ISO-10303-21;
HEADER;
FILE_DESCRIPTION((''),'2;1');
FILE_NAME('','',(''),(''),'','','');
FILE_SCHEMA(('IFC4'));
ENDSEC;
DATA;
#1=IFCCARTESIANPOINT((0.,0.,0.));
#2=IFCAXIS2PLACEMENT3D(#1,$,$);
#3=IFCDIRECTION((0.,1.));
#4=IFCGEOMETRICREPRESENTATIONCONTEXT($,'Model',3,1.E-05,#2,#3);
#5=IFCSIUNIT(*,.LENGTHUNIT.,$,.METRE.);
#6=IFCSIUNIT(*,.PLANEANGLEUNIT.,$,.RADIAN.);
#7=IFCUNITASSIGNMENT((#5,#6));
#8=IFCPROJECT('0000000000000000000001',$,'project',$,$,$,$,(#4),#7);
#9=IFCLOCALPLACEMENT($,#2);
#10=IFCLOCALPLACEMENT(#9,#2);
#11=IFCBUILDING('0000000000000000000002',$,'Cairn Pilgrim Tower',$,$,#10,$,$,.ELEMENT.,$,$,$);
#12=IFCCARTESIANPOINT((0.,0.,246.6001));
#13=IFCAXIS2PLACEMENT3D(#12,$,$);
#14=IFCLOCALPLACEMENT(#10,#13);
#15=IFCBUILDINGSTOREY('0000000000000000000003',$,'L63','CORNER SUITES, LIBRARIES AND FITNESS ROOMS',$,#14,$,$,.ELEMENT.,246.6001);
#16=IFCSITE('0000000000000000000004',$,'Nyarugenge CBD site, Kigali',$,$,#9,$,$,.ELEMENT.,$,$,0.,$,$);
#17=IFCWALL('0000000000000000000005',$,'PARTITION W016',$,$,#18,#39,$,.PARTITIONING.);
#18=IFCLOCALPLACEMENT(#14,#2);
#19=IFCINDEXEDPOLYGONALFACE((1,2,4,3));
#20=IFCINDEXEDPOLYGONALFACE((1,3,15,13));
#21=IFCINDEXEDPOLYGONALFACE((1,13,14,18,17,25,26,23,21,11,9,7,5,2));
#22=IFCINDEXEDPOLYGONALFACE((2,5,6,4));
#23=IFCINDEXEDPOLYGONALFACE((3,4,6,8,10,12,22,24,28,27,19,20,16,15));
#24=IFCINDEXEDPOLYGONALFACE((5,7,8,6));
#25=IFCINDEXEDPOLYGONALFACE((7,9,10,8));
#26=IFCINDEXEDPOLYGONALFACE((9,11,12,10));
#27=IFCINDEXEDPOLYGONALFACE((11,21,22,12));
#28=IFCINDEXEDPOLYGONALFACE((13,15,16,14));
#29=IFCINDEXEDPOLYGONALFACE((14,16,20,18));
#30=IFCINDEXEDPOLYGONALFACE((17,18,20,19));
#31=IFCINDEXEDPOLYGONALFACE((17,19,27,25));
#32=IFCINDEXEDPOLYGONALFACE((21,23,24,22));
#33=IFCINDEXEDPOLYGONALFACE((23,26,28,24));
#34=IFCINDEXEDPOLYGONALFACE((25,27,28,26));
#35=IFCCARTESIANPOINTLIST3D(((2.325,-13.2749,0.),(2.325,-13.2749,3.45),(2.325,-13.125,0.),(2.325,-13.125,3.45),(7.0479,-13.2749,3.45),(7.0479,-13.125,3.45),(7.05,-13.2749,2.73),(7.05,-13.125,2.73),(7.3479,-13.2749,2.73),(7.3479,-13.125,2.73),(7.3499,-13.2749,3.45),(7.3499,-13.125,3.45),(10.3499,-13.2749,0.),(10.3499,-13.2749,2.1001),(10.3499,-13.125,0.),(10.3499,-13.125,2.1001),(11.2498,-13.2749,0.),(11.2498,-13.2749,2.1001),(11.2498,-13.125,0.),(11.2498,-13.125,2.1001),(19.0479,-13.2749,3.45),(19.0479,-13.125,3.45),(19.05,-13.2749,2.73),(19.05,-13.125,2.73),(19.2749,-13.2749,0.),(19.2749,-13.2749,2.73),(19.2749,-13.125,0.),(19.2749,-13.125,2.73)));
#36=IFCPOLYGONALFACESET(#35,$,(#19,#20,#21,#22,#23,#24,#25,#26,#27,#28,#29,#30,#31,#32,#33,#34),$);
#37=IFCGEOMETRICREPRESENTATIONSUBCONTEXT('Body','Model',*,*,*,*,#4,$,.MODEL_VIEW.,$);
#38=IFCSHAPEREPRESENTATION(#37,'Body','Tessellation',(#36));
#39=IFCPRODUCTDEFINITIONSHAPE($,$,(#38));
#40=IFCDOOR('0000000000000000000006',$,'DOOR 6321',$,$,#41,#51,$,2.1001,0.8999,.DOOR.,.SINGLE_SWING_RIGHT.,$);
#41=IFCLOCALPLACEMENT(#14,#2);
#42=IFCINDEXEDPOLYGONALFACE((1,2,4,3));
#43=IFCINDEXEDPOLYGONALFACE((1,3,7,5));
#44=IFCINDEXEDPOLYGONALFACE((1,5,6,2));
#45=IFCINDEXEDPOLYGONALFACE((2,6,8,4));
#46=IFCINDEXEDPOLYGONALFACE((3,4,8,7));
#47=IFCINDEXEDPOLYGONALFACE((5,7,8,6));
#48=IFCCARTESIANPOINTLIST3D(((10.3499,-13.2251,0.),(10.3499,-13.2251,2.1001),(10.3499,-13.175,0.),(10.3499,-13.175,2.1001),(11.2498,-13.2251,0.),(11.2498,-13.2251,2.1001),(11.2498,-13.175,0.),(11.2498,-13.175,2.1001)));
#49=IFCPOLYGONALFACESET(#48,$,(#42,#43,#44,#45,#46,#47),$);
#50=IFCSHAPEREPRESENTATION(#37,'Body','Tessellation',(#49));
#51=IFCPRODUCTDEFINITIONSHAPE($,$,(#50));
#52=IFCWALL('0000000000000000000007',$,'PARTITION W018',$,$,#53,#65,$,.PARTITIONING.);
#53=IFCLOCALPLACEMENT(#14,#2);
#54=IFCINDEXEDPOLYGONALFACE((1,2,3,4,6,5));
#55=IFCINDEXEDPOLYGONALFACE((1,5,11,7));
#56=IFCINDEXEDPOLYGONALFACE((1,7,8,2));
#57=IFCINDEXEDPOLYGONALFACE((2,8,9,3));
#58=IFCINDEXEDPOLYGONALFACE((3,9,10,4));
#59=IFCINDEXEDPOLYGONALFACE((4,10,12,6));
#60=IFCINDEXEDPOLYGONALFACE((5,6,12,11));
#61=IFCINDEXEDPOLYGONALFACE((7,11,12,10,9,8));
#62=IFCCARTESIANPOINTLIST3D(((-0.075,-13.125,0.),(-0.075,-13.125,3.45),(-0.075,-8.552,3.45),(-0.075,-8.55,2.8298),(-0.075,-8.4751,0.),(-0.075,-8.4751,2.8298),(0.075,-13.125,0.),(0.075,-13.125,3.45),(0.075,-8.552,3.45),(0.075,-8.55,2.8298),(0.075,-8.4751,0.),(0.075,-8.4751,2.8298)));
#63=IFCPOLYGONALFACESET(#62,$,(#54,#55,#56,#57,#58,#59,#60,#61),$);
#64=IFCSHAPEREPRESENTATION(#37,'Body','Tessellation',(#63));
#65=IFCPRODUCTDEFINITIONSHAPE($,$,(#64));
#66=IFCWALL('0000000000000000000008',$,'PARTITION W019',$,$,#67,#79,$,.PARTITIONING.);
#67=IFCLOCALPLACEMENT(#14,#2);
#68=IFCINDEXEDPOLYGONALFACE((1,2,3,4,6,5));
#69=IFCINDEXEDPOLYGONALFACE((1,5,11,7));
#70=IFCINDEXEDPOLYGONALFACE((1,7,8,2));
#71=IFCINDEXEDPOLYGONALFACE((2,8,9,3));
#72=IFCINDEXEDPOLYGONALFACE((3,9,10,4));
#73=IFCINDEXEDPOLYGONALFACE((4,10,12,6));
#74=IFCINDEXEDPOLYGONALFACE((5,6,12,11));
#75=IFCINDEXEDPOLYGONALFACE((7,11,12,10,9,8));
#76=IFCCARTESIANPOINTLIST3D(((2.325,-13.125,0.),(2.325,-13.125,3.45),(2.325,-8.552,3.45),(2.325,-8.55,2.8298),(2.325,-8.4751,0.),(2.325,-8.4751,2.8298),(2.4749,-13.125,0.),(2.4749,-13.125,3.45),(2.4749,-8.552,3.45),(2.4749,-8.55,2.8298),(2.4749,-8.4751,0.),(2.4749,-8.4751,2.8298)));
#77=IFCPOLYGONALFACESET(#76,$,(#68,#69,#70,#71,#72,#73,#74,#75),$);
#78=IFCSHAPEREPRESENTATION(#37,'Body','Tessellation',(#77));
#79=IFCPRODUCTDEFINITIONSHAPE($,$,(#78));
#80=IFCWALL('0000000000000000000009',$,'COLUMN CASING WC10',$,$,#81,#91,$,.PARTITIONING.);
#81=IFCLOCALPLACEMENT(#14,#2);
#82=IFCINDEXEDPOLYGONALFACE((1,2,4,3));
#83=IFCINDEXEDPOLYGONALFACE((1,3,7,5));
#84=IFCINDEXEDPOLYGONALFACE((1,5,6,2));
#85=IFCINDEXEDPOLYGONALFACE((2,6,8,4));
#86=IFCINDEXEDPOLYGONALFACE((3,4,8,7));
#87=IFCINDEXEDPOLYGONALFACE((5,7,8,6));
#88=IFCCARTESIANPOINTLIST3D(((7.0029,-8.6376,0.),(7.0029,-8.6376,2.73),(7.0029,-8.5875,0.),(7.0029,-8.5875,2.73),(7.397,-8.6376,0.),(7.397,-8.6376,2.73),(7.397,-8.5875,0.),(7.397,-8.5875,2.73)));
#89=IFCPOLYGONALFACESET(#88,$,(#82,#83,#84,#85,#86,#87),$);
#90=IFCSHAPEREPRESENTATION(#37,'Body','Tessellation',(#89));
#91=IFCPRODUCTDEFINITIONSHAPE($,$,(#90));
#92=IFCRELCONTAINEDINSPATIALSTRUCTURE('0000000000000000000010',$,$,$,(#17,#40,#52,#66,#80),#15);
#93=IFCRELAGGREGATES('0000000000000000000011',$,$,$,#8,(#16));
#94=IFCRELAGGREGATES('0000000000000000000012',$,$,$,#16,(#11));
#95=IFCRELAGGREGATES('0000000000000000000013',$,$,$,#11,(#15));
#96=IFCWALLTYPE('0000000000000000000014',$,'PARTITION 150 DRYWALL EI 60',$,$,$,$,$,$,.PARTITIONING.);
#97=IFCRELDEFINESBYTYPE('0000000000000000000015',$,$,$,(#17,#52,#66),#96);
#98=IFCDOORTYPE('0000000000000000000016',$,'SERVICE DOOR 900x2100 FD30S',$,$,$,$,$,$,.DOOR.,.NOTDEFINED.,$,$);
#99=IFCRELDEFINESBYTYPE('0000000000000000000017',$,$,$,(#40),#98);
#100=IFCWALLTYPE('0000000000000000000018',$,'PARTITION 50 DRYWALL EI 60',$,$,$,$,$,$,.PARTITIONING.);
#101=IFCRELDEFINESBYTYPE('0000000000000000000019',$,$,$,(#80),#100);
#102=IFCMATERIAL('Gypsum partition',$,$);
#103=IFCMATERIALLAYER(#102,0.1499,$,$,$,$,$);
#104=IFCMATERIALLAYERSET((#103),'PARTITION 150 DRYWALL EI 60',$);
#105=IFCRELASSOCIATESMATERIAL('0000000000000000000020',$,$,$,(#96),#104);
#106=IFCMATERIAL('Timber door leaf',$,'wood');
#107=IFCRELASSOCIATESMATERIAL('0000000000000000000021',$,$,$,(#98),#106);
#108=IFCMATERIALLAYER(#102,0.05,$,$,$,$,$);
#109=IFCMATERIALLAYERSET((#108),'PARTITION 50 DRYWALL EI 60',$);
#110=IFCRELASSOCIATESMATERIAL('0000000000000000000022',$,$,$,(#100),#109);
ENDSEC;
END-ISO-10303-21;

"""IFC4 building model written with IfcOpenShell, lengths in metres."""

from ifc_helpers import new_model, si_unit, direction, frame, frame_2d, origin, place, context, subcontext, project, spatial, polyline, rectangle, outline, extrude, material, layer, layer_set, type_object, element, fill, save


model = new_model("IFC4")

# Units and contexts
model_context = context("Model", 3, precision=1e-05, world=origin(), true_north=direction((0.0, 1.0)))
body_context = subcontext(model_context, "Body", "Model", "MODEL_VIEW")
ifc_project = project(units=[si_unit("LENGTHUNIT", "METRE"), si_unit("PLANEANGLEUNIT", "RADIAN")], contexts=[model_context])

# Site, building, storey
site_placement = place(None, origin())
site = spatial("IfcSite", under=ifc_project, at=site_placement, Name="Nyarugenge CBD site, Kigali", CompositionType="ELEMENT", RefElevation=0.0)
building_placement = place(site_placement, origin())
building = spatial("IfcBuilding", under=site, at=building_placement, Name="Cairn Pilgrim Tower", CompositionType="ELEMENT")
storey_placement = place(building_placement, frame((0.0, 0.0, 246.6001)))
storey = spatial("IfcBuildingStorey", under=building, at=storey_placement, Name="L63", Description="CORNER SUITES, LIBRARIES AND FITNESS ROOMS", CompositionType="ELEMENT", Elevation=246.6001)

# Shared definitions
ifc_material_1 = material(Name="Gypsum partition")

# Wall, opening, door
ifc_layer_1 = layer(ifc_material_1, 0.1499)
ifc_layer_set_1 = layer_set([ifc_layer_1], Name="PARTITION 150 DRYWALL EI 60")
wall_type_1 = type_object("IfcWallType", Name="PARTITION 150 DRYWALL EI 60", PredefinedType="PARTITIONING", material=ifc_layer_set_1)
wall_1_placement = place(storey_placement, frame((2.325, -13.2, 0.0), z_axis=(0.0, 0.0, 1.0), x_axis=(1.0, 0.0, 0.0)))
wall_1 = element("IfcWall", 1, at=wall_1_placement, inside=storey, type_object=wall_type_1, Name="PARTITION W016", PredefinedType="PARTITIONING", context=body_context, shape_type="SweptSolid", body=[
    extrude(outline(polyline([(0.0, 0.0), (16.95, 0.0), (16.95, 2.73), (16.7251, 2.73), (16.7229, 3.45), (5.0249, 3.45), (5.0229, 2.73), (4.7251, 2.73), (4.7229, 3.45), (0.0, 3.45), (0.0, 0.0)])), frame((0.0, 0.075, 0.0), z_axis=(0.0, -1.0, 0.0), x_axis=(1.0, 0.0, 0.0)), (0.0, 0.0, 1.0), 0.1499),
])
opening_1_placement = place(wall_1_placement, frame((8.0249, 0.0, 0.0)))
opening_1 = element("IfcOpeningElement", 2, at=opening_1_placement, cuts=wall_1, PredefinedType="OPENING", context=body_context, shape_type="SweptSolid", body=[
    extrude(rectangle(XDim=0.8999, YDim=2.1001, at=frame_2d((0.45, 1.05))), frame((0.0, 0.085, 0.0), z_axis=(0.0, -1.0, 0.0), x_axis=(1.0, 0.0, 0.0)), (0.0, 0.0, 1.0), 0.1699),
])
ifc_material_2 = material(Name="Timber door leaf", Category="wood")
door_type_1 = type_object("IfcDoorType", Name="SERVICE DOOR 900x2100 FD30S", OperationType="NOTDEFINED", PredefinedType="DOOR", material=ifc_material_2)
door_1_placement = place(opening_1_placement, origin())
door_1 = element("IfcDoor", 3, at=door_1_placement, inside=storey, type_object=door_type_1, Name="DOOR 6321", OperationType="SINGLE_SWING_RIGHT", OverallHeight=2.1001, OverallWidth=0.8999, PredefinedType="DOOR", context=body_context, shape_type="SweptSolid", body=[
    extrude(rectangle(XDim=0.8999, YDim=2.1001, at=frame_2d((0.45, 1.05))), frame((0.0, 0.0249, 0.0), z_axis=(0.0, -1.0, 0.0), x_axis=(1.0, 0.0, 0.0)), (0.0, 0.0, 1.0), 0.05),
])
fill(opening_1, door_1)

# Walls
for number, where, z_axis, x_axis, name in (
    (4, (0.0, -13.125, 0.0), (0.0, 0.0, 1.0), (0.0, 1.0, 0.0), "PARTITION W018"),
    (5, (2.3999, -13.125, 0.0), (0.0, 0.0, 1.0), (0.0, 1.0, 0.0), "PARTITION W019"),
):
    element("IfcWall", number, at=place(storey_placement, frame(where, z_axis=z_axis, x_axis=x_axis)), inside=storey, type_object=wall_type_1, Name=name, PredefinedType="PARTITIONING", context=body_context, shape_type="SweptSolid", body=[
        extrude(outline(polyline([(0.0, 0.0), (4.6499, 0.0), (4.6499, 2.8298), (4.575, 2.8298), (4.573, 3.45), (0.0, 3.45), (0.0, 0.0)])), frame((0.0, 0.075, 0.0), z_axis=(0.0, -1.0, 0.0), x_axis=(1.0, 0.0, 0.0)), (0.0, 0.0, 1.0), 0.1499),
    ])
ifc_layer_2 = layer(ifc_material_1, 0.05)
ifc_layer_set_2 = layer_set([ifc_layer_2], Name="PARTITION 50 DRYWALL EI 60")
wall_type_2 = type_object("IfcWallType", Name="PARTITION 50 DRYWALL EI 60", PredefinedType="PARTITIONING", material=ifc_layer_set_2)
wall_2_placement = place(storey_placement, frame((7.0029, -8.6125, 0.0), z_axis=(0.0, 0.0, 1.0), x_axis=(1.0, 0.0, 0.0)))
element("IfcWall", 6, at=wall_2_placement, inside=storey, type_object=wall_type_2, Name="COLUMN CASING WC10", PredefinedType="PARTITIONING", context=body_context, shape_type="SweptSolid", body=[
    extrude(rectangle(XDim=0.394, YDim=0.05, at=frame_2d((0.197, 0.0))), origin(), (0.0, 0.0, 1.0), 2.73),
])

save(model, "model.ifc")
